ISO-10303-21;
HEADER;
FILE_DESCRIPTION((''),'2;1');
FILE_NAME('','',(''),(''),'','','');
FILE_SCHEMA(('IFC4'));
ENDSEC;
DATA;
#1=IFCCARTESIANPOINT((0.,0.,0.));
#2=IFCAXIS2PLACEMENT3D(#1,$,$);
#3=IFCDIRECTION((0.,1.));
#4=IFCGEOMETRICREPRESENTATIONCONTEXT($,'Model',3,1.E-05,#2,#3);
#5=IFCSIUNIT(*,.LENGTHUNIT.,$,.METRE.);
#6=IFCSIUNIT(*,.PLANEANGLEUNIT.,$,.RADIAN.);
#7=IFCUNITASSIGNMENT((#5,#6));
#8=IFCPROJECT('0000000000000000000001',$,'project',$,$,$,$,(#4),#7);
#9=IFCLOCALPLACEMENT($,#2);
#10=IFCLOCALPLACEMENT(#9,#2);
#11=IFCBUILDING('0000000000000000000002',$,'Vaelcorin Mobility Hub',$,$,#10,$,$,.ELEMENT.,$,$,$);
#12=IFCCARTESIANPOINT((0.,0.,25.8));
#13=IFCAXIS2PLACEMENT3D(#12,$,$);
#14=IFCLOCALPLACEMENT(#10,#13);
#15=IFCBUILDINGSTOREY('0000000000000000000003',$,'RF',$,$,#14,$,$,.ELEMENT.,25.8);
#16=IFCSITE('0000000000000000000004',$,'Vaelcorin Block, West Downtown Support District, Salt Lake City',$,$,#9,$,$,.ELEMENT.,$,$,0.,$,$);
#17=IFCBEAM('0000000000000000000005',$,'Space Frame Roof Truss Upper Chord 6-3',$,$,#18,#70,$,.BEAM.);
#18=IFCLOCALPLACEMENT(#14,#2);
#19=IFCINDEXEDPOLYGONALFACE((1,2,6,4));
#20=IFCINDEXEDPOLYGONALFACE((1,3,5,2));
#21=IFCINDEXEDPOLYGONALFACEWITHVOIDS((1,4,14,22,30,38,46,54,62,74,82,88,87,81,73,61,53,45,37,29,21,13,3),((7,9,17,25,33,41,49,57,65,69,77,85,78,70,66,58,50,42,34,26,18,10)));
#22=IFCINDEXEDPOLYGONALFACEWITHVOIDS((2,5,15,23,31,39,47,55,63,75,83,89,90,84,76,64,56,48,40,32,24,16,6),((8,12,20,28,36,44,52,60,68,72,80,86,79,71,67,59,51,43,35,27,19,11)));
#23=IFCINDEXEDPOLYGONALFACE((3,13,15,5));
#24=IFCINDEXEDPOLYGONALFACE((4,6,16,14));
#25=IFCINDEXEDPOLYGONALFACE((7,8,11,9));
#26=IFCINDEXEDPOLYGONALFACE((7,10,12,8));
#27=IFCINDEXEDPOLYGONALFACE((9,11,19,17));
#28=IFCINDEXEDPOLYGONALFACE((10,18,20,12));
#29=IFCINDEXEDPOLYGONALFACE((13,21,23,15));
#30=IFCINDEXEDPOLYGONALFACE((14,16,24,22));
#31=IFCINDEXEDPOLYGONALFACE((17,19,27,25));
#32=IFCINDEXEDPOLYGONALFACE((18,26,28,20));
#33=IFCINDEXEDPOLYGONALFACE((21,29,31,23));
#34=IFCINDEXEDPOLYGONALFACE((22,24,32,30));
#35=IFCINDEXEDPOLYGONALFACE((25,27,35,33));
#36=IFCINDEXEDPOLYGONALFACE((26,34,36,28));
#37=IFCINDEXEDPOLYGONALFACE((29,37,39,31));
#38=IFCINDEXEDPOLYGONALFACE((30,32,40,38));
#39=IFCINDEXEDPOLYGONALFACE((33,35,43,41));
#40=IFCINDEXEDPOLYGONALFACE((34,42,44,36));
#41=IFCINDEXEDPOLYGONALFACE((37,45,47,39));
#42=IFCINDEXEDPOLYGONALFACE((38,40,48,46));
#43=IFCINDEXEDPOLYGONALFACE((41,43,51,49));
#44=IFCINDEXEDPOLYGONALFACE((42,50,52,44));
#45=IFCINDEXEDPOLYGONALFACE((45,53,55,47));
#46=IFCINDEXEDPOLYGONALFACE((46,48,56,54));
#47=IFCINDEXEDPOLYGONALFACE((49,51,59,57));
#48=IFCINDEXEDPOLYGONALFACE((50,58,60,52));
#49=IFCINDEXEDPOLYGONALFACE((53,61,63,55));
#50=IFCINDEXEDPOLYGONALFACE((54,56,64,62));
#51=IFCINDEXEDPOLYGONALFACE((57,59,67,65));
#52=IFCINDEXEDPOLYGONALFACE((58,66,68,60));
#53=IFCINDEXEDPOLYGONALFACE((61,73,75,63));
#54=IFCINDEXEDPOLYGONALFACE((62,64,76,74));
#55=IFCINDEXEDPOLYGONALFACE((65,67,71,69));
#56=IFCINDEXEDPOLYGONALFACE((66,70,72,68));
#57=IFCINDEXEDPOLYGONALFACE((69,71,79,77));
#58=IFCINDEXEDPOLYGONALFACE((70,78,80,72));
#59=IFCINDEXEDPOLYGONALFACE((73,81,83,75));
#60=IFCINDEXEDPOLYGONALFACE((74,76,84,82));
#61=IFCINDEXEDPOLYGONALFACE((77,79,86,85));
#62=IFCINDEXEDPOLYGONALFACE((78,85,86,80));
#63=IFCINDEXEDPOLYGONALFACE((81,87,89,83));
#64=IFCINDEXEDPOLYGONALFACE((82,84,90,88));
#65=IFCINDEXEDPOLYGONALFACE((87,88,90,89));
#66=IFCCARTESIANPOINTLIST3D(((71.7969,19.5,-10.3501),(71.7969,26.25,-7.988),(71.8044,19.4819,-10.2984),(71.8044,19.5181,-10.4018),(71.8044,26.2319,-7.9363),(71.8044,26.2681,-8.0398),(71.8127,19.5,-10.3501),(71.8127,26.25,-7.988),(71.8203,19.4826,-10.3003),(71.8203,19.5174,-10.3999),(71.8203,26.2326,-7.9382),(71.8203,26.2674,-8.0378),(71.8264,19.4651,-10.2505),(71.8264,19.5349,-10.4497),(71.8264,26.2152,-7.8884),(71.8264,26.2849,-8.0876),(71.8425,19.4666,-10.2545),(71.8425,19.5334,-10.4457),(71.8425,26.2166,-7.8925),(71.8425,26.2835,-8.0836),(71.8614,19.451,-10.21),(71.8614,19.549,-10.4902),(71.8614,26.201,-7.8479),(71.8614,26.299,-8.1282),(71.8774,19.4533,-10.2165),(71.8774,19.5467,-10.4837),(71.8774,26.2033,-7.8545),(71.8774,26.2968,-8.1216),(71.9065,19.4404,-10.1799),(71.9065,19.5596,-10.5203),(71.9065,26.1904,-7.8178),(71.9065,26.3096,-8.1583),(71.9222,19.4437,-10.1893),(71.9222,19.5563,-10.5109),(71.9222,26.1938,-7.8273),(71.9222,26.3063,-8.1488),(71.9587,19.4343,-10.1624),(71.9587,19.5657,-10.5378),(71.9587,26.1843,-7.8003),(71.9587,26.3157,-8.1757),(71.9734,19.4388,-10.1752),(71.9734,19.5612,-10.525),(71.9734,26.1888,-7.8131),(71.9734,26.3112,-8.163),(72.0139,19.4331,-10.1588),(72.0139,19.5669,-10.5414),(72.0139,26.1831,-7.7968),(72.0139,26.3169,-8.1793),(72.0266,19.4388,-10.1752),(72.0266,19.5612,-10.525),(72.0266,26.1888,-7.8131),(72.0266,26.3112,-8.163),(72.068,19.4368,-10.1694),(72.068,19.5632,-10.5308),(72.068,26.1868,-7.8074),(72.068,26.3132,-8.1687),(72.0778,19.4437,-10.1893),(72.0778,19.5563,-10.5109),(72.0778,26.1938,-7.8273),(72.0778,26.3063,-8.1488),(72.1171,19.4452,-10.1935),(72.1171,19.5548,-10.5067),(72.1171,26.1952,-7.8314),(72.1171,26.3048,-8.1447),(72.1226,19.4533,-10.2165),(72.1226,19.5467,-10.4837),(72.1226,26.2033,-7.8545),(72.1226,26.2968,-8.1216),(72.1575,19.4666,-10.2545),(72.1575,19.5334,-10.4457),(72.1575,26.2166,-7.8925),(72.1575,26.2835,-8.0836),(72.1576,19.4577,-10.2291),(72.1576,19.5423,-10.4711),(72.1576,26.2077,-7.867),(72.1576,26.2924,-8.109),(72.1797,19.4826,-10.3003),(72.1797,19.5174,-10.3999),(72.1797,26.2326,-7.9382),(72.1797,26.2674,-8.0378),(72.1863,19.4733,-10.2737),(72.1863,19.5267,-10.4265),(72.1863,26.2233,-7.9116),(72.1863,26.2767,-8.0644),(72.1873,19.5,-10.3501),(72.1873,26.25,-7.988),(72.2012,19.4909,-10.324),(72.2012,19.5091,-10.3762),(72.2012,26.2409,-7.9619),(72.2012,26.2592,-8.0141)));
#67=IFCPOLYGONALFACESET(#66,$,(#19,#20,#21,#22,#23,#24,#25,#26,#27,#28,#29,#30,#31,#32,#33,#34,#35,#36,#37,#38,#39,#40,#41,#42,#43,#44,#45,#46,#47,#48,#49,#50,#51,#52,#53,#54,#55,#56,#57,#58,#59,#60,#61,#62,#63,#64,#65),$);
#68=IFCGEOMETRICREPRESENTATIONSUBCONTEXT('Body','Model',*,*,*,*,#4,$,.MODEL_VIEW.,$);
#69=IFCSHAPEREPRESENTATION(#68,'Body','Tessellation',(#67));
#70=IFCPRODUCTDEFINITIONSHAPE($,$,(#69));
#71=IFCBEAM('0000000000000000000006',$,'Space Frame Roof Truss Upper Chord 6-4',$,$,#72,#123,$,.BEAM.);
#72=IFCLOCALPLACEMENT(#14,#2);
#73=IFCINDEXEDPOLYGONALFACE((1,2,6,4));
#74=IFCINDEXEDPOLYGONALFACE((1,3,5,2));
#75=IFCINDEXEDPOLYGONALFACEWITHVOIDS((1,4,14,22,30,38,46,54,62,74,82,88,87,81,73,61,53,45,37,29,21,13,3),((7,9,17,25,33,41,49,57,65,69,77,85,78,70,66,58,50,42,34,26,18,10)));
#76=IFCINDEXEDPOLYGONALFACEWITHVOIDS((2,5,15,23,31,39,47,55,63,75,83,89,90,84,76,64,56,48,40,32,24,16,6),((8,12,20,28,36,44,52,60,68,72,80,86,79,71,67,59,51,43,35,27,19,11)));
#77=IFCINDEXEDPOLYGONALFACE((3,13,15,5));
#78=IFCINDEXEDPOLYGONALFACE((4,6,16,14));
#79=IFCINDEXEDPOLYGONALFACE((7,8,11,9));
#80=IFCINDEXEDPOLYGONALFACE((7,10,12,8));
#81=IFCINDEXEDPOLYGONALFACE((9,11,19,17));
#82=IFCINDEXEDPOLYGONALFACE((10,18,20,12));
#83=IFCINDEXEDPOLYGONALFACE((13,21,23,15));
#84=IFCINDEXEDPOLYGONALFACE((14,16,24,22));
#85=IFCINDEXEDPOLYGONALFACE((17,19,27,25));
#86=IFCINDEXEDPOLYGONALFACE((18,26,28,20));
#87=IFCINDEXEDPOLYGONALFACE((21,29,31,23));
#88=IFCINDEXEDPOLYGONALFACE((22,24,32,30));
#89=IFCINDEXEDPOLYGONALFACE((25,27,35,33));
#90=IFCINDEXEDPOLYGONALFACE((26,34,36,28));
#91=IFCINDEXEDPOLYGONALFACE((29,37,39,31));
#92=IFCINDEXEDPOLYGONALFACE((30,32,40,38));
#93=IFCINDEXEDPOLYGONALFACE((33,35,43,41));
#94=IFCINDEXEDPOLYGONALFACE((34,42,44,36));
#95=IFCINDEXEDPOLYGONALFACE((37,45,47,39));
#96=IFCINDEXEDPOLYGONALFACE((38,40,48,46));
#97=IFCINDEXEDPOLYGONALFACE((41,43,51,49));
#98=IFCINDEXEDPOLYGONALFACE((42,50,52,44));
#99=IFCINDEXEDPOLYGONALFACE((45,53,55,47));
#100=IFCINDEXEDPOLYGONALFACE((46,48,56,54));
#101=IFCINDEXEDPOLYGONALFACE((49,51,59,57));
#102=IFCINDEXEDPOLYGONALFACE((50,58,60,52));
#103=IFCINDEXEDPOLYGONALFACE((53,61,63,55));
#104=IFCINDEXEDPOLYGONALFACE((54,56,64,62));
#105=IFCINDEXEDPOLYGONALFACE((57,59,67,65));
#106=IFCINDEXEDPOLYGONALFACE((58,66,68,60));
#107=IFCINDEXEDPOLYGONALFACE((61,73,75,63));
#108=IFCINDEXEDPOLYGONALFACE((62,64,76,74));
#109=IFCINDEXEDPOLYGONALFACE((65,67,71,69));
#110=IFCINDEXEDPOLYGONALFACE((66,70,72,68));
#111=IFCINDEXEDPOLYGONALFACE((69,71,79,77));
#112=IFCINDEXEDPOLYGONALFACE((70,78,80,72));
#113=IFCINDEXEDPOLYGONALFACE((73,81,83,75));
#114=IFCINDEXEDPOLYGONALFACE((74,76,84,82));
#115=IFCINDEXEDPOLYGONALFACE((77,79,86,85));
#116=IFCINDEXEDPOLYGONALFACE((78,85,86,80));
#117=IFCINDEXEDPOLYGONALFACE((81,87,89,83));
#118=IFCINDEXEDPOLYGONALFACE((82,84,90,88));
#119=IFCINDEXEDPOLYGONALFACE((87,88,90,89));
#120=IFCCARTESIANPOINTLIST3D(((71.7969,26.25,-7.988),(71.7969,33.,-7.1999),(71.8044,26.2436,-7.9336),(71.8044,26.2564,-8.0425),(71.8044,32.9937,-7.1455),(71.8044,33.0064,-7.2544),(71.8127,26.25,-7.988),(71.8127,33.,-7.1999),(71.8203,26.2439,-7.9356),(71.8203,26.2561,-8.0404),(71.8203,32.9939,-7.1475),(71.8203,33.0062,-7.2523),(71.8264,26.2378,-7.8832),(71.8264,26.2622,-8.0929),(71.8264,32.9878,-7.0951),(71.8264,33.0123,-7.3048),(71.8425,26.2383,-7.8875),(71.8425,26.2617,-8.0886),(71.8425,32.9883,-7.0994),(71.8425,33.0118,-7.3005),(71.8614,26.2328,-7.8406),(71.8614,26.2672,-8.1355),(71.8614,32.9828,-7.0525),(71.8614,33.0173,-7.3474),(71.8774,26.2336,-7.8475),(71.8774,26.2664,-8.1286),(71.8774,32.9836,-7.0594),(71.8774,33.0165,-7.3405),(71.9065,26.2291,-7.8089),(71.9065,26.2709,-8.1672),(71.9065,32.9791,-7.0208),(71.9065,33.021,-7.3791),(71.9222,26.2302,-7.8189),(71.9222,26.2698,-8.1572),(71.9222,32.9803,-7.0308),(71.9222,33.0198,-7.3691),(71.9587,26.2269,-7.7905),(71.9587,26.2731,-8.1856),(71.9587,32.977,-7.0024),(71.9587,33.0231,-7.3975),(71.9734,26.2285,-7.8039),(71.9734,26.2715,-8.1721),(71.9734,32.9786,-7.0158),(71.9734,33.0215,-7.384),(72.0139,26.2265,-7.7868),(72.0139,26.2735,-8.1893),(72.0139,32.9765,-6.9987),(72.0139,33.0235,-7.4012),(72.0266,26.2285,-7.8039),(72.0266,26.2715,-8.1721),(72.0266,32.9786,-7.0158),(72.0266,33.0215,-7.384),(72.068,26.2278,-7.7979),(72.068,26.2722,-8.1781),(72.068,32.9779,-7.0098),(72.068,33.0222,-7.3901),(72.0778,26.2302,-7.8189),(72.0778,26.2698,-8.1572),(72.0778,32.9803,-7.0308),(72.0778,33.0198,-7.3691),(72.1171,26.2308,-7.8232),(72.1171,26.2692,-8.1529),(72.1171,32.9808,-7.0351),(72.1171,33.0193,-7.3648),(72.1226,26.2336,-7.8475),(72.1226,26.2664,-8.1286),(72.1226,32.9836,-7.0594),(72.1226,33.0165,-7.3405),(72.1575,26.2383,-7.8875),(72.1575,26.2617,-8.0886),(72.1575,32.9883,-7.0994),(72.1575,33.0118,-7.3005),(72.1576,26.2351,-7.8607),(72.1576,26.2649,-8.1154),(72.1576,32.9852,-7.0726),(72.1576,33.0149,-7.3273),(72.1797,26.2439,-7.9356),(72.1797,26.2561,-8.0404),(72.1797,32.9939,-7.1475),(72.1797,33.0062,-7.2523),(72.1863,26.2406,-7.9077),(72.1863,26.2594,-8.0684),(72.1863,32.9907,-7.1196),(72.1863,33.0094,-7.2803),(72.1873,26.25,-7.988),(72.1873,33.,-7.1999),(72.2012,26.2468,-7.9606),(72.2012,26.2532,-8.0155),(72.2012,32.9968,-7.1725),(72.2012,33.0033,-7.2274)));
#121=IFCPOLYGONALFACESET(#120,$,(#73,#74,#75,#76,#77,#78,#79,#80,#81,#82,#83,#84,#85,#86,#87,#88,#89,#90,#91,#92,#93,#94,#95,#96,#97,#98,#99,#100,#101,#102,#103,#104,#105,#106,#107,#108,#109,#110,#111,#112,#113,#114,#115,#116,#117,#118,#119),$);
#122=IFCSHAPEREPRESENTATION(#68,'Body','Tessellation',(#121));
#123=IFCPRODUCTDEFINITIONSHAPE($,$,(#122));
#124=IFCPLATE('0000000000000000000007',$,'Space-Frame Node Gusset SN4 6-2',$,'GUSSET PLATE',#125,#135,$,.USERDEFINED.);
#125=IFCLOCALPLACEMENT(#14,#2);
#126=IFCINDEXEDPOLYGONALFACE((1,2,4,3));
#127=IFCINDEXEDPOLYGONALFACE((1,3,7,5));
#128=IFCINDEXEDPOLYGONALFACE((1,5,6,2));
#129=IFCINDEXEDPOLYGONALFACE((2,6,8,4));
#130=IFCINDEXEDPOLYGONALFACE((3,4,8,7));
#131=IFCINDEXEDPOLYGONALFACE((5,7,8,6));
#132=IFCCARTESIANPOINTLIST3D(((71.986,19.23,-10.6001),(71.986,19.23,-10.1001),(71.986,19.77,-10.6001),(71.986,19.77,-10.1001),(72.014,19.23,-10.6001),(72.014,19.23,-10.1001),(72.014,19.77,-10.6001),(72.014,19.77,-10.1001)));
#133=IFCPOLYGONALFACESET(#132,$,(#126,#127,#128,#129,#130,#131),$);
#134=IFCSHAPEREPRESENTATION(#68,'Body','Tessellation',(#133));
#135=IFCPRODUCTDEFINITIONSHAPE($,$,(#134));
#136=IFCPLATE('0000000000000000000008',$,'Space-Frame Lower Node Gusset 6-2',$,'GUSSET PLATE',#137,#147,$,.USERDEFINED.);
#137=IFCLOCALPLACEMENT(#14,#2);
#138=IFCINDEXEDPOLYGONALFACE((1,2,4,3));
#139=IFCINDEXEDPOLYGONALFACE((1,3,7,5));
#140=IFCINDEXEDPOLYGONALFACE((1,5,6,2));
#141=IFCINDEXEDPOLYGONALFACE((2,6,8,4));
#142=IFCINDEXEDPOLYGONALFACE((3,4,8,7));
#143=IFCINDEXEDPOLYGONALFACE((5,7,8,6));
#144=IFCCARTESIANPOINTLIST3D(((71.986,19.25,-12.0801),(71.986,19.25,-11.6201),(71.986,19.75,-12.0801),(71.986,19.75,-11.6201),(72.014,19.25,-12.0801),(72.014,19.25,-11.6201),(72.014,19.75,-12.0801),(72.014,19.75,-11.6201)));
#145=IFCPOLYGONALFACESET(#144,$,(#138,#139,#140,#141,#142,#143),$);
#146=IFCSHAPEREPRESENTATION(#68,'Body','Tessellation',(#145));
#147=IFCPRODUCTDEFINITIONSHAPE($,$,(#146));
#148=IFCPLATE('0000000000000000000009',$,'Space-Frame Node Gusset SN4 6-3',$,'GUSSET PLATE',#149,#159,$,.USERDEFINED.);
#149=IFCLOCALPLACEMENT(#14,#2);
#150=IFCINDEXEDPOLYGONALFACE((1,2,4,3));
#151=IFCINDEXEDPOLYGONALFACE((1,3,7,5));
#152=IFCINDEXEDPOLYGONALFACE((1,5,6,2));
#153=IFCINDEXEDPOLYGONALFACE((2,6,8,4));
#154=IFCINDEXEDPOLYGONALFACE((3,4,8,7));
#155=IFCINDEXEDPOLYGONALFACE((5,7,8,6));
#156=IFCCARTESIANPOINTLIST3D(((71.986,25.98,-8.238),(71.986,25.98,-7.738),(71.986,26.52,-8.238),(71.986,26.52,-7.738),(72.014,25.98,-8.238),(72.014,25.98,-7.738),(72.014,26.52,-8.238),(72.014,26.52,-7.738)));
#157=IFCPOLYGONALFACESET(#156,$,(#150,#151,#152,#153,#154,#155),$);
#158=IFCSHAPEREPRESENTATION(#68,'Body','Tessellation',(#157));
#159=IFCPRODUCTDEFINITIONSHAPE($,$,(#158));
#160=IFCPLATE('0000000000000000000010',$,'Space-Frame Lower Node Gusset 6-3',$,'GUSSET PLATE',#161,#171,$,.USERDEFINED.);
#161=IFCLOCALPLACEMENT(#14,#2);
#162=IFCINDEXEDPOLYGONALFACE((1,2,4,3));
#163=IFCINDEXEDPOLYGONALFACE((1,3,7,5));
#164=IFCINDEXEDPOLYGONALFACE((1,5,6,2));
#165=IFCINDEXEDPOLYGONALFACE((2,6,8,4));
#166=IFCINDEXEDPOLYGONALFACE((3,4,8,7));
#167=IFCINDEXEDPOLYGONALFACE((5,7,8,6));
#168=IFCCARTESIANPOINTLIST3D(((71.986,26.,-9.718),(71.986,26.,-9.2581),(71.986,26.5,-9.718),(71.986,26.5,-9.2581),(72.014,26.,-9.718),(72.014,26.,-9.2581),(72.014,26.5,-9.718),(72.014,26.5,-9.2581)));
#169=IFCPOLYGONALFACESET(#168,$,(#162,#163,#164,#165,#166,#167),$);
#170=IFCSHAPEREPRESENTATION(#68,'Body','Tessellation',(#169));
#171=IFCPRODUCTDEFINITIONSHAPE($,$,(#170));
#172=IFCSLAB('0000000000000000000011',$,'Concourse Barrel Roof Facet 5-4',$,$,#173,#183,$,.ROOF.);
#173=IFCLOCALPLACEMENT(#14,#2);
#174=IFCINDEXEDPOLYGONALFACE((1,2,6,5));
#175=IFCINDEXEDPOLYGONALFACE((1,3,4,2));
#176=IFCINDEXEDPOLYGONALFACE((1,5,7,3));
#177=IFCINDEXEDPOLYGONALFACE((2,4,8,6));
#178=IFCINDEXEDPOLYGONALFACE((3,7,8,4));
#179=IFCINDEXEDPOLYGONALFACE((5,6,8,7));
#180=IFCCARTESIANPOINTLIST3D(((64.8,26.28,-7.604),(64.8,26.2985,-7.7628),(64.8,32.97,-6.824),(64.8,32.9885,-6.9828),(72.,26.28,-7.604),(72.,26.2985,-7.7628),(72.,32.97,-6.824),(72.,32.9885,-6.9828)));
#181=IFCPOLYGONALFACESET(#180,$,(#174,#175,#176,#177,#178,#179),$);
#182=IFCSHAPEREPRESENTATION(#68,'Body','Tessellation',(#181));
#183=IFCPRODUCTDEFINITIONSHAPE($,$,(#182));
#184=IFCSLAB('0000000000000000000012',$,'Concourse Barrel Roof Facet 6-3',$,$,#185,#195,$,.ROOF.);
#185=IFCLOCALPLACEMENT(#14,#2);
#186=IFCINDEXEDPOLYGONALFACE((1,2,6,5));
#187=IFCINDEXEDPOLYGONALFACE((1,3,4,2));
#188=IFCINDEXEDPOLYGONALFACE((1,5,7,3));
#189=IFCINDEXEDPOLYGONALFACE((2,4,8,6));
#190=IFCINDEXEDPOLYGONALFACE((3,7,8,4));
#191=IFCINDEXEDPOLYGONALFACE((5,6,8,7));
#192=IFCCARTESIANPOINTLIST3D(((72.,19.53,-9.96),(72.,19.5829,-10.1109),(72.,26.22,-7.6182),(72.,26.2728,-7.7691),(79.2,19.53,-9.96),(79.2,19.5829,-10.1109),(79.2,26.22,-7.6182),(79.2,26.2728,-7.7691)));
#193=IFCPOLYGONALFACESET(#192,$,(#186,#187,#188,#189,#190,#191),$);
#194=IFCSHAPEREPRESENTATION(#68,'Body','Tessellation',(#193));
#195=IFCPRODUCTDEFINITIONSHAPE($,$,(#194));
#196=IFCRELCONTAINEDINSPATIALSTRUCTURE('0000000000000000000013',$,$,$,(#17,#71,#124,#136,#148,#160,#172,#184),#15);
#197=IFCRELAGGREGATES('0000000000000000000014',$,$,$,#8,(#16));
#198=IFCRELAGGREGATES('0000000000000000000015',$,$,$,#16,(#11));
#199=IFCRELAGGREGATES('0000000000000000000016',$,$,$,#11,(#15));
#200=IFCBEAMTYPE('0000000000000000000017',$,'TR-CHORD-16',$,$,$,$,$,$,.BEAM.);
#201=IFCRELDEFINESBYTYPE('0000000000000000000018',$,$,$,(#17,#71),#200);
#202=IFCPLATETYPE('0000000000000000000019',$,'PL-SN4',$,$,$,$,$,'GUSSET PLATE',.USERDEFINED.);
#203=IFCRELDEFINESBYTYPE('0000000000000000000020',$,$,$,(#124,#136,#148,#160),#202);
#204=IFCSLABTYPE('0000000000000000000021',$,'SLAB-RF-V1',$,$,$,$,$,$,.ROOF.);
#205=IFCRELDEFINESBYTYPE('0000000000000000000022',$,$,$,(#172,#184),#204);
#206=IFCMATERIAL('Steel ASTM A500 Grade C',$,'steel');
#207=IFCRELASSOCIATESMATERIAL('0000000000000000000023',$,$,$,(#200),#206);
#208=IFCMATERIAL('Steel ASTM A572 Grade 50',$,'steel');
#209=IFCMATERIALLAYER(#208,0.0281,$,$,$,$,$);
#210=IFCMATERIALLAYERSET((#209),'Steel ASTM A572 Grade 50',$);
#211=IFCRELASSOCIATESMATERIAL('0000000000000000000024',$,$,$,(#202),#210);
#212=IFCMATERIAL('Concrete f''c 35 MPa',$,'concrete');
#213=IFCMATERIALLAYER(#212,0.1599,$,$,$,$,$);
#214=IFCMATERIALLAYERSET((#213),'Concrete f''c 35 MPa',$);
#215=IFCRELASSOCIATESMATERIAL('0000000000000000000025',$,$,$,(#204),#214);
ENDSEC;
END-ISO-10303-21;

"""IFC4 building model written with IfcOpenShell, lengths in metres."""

from ifc_helpers import new_model, si_unit, direction, frame, origin, origin_2d, place, context, subcontext, project, spatial, polyline, rectangle, hollow_circle, outline, extrude, material, layer, layer_set, material_profile, profile_set, type_object, element, save


model = new_model("IFC4")

# Units and contexts
model_context = context("Model", 3, precision=1e-05, world=origin(), true_north=direction((0.0, 1.0)))
body_context = subcontext(model_context, "Body", "Model", "MODEL_VIEW")
ifc_project = project(units=[si_unit("LENGTHUNIT", "METRE"), si_unit("PLANEANGLEUNIT", "RADIAN")], contexts=[model_context])

# Site, building, storey
site_placement = place(None, origin())
site = spatial("IfcSite", under=ifc_project, at=site_placement, Name="Vaelcorin Block, West Downtown Support District, Salt Lake City", CompositionType="ELEMENT", RefElevation=0.0)
building_placement = place(site_placement, origin())
building = spatial("IfcBuilding", under=site, at=building_placement, Name="Vaelcorin Mobility Hub", CompositionType="ELEMENT")
storey_placement = place(building_placement, frame((0.0, 0.0, 25.8)))
storey = spatial("IfcBuildingStorey", under=building, at=storey_placement, Name="RF", CompositionType="ELEMENT", Elevation=25.8)

# Shared definitions
ifc_material_1 = material(Name="Steel ASTM A500 Grade C", Category="steel")

# Beams
ifc_material_profile_1 = material_profile(ifc_material_1, hollow_circle(Radius=0.2031, WallThickness=0.0159, at=origin_2d()), Name="HSS16.000X0.625")
ifc_profile_set_1 = profile_set([ifc_material_profile_1], Name="Steel ASTM A500 Grade C")
beam_type = type_object("IfcBeamType", Name="TR-CHORD-16", PredefinedType="BEAM", material=ifc_profile_set_1)
beam_1_placement = place(storey_placement, frame((72.0, 19.5, -10.3501), z_axis=(0.0, 0.943878, 0.330296), x_axis=(-1.0, 0.0, 0.0)))
element("IfcBeam", 1, at=beam_1_placement, inside=storey, type_object=beam_type, Name="Space Frame Roof Truss Upper Chord 6-3", PredefinedType="BEAM", context=body_context, shape_type="SweptSolid", body=[
    extrude(hollow_circle(Radius=0.2031, WallThickness=0.0159, at=origin_2d()), origin(), (0.0, 0.0, 1.0), 7.1514),
])
beam_2_placement = place(storey_placement, frame((72.0, 26.25, -7.988), z_axis=(0.0, 0.993253, 0.115966), x_axis=(-1.0, 0.0, 0.0)))
element("IfcBeam", 2, at=beam_2_placement, inside=storey, type_object=beam_type, Name="Space Frame Roof Truss Upper Chord 6-4", PredefinedType="BEAM", context=body_context, shape_type="SweptSolid", body=[
    extrude(hollow_circle(Radius=0.2031, WallThickness=0.0159, at=origin_2d()), origin(), (0.0, 0.0, 1.0), 6.7959),
])

# Plates
ifc_material_2 = material(Name="Steel ASTM A572 Grade 50", Category="steel")
ifc_layer_1 = layer(ifc_material_2, 0.0281)
ifc_layer_set_1 = layer_set([ifc_layer_1], Name="Steel ASTM A572 Grade 50")
plate_type = type_object("IfcPlateType", Name="PL-SN4", ElementType="GUSSET PLATE", PredefinedType="USERDEFINED", material=ifc_layer_set_1)
plate_1_placement = place(storey_placement, frame((72.0, 19.5, -10.6001), z_axis=(0.0, 0.0, 1.0), x_axis=(1.0, 0.0, 0.0)))
element("IfcPlate", 3, at=plate_1_placement, inside=storey, type_object=plate_type, Name="Space-Frame Node Gusset SN4 6-2", ObjectType="GUSSET PLATE", PredefinedType="USERDEFINED", context=body_context, shape_type="SweptSolid", body=[
    extrude(rectangle(XDim=0.0281, YDim=0.54, at=origin_2d()), origin(), (0.0, 0.0, 1.0), 0.5),
])
plate_2_placement = place(storey_placement, frame((72.0, 19.5, -12.0801), z_axis=(0.0, 0.0, 1.0), x_axis=(1.0, 0.0, 0.0)))
element("IfcPlate", 4, at=plate_2_placement, inside=storey, type_object=plate_type, Name="Space-Frame Lower Node Gusset 6-2", ObjectType="GUSSET PLATE", PredefinedType="USERDEFINED", context=body_context, shape_type="SweptSolid", body=[
    extrude(rectangle(XDim=0.0281, YDim=0.5, at=origin_2d()), origin(), (0.0, 0.0, 1.0), 0.46),
])
plate_3_placement = place(storey_placement, frame((72.0, 26.25, -8.238), z_axis=(0.0, 0.0, 1.0), x_axis=(1.0, 0.0, 0.0)))
element("IfcPlate", 5, at=plate_3_placement, inside=storey, type_object=plate_type, Name="Space-Frame Node Gusset SN4 6-3", ObjectType="GUSSET PLATE", PredefinedType="USERDEFINED", context=body_context, shape_type="SweptSolid", body=[
    extrude(rectangle(XDim=0.0281, YDim=0.54, at=origin_2d()), origin(), (0.0, 0.0, 1.0), 0.5),
])
plate_4_placement = place(storey_placement, frame((72.0, 26.25, -9.718), z_axis=(0.0, 0.0, 1.0), x_axis=(1.0, 0.0, 0.0)))
element("IfcPlate", 6, at=plate_4_placement, inside=storey, type_object=plate_type, Name="Space-Frame Lower Node Gusset 6-3", ObjectType="GUSSET PLATE", PredefinedType="USERDEFINED", context=body_context, shape_type="SweptSolid", body=[
    extrude(rectangle(XDim=0.0281, YDim=0.5, at=origin_2d()), origin(), (0.0, 0.0, 1.0), 0.46),
])

# Slabs
ifc_material_3 = material(Name="Concrete f'c 35 MPa", Category="concrete")
ifc_layer_2 = layer(ifc_material_3, 0.1599)
ifc_layer_set_2 = layer_set([ifc_layer_2], Name="Concrete f'c 35 MPa")
slab_type = type_object("IfcSlabType", Name="SLAB-RF-V1", PredefinedType="ROOF", material=ifc_layer_set_2)
slab_1_placement = place(storey_placement, frame((64.8, 26.28, -7.604), z_axis=(0.0, -0.115813, 0.993271), x_axis=(1.0, 0.0, 0.0)))
element("IfcSlab", 7, at=slab_1_placement, inside=storey, type_object=slab_type, Name="Concourse Barrel Roof Facet 5-4", PredefinedType="ROOF", context=body_context, shape_type="SweptSolid", body=[
    extrude(outline(polyline([(0.0, 0.0), (7.2, 0.0), (7.2, 6.7353), (0.0, 6.7353), (0.0, 0.0)])), origin(), (0.0, 0.0, -1.0), 0.1599),
])
slab_2_placement = place(storey_placement, frame((72.0, 19.53, -9.96), z_axis=(0.0, -0.33039, 0.943844), x_axis=(1.0, 0.0, 0.0)))
element("IfcSlab", 8, at=slab_2_placement, inside=storey, type_object=slab_type, Name="Concourse Barrel Roof Facet 6-3", PredefinedType="ROOF", context=body_context, shape_type="SweptSolid", body=[
    extrude(outline(polyline([(0.0, 0.0), (7.2, 0.0), (7.2, 7.088), (0.0, 7.088), (0.0, 0.0)])), origin(), (0.0, 0.0, -1.0), 0.1599),
])

save(model, "model.ifc")
